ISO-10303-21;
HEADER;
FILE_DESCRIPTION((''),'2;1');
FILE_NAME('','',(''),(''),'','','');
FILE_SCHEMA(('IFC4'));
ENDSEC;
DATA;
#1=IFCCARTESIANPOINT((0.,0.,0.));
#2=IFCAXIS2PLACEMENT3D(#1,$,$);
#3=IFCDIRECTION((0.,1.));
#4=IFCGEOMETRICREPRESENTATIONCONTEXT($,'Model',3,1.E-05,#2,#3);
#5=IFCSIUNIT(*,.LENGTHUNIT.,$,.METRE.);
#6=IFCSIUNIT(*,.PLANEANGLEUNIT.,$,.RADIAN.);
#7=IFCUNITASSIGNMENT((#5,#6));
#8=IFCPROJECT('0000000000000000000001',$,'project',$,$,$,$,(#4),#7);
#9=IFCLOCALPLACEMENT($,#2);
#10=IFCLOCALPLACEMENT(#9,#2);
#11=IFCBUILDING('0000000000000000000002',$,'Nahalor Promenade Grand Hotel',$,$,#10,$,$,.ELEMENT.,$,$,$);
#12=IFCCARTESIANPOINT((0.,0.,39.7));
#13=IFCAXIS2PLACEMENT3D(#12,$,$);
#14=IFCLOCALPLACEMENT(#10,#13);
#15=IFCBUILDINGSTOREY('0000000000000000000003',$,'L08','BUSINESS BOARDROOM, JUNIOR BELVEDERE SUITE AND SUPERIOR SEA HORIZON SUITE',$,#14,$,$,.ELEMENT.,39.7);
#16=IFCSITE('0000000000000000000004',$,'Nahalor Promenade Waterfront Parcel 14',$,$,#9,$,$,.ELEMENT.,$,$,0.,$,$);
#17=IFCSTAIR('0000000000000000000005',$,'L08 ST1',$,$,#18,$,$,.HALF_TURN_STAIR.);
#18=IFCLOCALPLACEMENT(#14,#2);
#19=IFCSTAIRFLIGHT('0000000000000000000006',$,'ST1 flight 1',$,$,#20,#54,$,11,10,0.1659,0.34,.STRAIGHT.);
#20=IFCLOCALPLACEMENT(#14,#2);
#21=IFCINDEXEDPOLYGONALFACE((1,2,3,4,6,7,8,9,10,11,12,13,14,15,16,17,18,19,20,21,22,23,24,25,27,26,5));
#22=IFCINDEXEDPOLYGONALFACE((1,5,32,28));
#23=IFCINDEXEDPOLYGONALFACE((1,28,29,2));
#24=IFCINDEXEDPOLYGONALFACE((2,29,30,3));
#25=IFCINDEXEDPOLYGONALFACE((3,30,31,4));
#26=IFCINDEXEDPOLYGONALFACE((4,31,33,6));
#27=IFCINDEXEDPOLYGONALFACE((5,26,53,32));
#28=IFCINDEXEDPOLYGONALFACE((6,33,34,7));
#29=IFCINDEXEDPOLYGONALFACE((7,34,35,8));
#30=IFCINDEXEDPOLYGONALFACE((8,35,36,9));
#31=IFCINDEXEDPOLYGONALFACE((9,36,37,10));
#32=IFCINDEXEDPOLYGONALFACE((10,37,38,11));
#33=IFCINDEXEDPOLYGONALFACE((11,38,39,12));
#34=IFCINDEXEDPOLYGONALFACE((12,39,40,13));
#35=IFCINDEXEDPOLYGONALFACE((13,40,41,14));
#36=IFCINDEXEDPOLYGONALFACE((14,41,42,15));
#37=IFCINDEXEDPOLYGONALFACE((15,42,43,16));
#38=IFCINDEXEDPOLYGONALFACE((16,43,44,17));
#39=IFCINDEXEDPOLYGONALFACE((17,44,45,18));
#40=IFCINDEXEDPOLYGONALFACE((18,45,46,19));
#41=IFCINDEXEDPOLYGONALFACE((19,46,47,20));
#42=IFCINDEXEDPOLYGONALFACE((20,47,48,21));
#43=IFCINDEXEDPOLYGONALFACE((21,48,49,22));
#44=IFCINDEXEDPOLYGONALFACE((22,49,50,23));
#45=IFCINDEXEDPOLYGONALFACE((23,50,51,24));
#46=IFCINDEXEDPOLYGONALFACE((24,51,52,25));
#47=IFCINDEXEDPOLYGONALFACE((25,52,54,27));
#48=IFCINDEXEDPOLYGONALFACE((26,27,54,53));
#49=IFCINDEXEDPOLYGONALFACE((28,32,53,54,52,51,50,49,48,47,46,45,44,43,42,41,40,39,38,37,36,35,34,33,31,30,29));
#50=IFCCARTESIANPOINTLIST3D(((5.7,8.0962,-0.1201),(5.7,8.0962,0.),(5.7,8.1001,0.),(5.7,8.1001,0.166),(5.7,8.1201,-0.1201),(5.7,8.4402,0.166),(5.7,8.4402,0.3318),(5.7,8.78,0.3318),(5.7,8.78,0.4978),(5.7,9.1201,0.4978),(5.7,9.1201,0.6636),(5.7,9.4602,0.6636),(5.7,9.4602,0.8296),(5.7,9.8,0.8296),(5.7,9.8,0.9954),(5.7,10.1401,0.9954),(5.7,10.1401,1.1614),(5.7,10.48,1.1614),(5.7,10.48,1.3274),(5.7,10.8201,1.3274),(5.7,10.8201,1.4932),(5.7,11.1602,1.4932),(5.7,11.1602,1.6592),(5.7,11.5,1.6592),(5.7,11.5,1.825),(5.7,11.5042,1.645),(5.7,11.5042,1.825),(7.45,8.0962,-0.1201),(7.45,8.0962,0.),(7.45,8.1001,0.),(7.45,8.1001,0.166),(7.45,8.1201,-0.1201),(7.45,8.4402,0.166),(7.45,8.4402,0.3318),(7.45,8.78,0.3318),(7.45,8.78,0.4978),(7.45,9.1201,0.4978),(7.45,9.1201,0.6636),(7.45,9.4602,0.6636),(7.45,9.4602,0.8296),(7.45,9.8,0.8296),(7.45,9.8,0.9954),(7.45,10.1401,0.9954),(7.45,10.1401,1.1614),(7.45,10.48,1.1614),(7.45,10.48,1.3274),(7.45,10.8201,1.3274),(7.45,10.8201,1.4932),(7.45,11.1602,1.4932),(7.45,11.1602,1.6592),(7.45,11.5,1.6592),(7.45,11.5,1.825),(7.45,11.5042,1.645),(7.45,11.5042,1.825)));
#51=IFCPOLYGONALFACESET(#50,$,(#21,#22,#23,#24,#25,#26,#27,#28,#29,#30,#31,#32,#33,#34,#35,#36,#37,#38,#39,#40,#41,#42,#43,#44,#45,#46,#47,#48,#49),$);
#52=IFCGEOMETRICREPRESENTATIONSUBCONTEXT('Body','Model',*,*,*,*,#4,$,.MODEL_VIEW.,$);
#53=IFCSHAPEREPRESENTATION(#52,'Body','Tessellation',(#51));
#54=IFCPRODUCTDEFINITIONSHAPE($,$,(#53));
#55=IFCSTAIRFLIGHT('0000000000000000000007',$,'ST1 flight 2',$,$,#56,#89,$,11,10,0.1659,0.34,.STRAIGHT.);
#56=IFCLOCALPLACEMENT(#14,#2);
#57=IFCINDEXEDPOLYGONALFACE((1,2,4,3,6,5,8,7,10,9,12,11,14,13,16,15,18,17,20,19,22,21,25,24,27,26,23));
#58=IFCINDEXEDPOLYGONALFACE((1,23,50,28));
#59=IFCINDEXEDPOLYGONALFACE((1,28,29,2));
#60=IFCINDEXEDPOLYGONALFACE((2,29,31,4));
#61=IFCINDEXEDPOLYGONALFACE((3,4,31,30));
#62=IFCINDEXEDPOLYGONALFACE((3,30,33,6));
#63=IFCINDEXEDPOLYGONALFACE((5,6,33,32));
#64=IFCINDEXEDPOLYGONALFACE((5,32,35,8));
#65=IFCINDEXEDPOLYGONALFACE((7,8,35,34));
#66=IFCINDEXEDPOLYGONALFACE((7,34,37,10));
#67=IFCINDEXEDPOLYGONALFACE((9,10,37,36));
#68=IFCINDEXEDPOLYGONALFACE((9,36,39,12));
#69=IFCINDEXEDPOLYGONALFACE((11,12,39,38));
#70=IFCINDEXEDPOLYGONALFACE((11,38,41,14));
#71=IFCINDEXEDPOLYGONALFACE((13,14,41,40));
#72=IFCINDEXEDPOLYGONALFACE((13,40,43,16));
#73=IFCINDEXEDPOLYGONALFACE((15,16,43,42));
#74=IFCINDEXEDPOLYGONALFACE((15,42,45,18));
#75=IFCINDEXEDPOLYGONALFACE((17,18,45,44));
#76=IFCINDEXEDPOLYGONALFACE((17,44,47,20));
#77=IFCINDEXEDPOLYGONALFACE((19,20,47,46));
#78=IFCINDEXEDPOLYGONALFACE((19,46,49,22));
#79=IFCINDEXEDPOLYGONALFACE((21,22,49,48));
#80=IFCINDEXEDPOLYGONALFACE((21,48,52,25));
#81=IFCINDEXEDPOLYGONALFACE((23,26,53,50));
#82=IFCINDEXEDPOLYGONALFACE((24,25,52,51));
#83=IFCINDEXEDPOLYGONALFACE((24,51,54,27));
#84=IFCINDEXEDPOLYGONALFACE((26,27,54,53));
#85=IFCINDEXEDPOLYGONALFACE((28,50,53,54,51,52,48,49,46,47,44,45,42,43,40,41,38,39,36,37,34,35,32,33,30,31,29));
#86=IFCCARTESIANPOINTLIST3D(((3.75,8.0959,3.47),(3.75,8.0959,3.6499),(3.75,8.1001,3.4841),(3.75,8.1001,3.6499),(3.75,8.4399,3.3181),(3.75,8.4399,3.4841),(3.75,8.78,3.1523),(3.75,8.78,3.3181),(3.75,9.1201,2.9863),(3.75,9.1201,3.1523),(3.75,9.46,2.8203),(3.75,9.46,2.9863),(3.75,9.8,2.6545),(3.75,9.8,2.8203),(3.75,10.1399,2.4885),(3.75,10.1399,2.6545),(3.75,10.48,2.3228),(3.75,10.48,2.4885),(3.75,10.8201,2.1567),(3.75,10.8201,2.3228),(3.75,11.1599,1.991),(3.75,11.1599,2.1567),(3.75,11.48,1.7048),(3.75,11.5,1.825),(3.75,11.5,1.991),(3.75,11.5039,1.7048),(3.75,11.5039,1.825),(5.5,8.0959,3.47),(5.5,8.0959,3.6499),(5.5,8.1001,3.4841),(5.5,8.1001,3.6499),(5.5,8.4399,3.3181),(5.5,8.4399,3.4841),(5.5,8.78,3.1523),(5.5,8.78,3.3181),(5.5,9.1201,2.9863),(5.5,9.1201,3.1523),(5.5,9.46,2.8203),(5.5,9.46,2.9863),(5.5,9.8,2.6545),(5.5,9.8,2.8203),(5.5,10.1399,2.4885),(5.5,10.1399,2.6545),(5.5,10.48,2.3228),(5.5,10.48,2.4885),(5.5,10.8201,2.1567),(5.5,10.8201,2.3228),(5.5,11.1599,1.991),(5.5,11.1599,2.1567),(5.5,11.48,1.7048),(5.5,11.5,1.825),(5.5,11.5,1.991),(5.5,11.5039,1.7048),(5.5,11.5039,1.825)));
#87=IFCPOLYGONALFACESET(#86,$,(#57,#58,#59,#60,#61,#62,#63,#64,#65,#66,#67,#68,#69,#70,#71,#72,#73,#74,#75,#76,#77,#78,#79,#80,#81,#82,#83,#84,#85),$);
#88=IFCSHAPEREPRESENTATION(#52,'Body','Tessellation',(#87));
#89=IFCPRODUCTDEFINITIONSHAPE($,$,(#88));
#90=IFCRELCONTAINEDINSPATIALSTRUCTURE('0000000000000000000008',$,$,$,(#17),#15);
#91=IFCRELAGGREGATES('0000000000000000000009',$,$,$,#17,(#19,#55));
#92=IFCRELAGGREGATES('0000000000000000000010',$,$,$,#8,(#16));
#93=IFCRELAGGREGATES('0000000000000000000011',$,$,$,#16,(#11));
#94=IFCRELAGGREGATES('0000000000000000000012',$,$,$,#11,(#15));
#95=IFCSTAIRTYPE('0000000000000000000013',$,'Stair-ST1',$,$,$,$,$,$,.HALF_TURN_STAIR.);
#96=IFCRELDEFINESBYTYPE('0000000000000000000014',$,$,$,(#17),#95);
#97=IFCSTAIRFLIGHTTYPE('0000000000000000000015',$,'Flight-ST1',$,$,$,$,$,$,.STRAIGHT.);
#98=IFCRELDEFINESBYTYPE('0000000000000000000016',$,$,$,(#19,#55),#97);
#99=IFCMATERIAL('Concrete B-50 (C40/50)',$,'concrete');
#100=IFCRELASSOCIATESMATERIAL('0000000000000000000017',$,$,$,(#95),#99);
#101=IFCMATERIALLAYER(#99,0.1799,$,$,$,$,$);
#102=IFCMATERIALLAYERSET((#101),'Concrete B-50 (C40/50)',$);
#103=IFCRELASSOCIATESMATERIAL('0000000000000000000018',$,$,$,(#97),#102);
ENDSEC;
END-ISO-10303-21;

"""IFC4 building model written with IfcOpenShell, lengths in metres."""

from ifc_helpers import new_model, si_unit, direction, frame, origin, place, context, subcontext, project, spatial, polyline, outline, extrude, source, transform, mapped, material, layer, layer_set, type_object, element, aggregate, save


model = new_model("IFC4")

# Units and contexts
model_context = context("Model", 3, precision=1e-05, world=origin(), true_north=direction((0.0, 1.0)))
body_context = subcontext(model_context, "Body", "Model", "MODEL_VIEW")
ifc_project = project(units=[si_unit("LENGTHUNIT", "METRE"), si_unit("PLANEANGLEUNIT", "RADIAN")], contexts=[model_context])

# Site, building, storey
site_placement = place(None, origin())
site = spatial("IfcSite", under=ifc_project, at=site_placement, Name="Nahalor Promenade Waterfront Parcel 14", CompositionType="ELEMENT", RefElevation=0.0)
building_placement = place(site_placement, origin())
building = spatial("IfcBuilding", under=site, at=building_placement, Name="Nahalor Promenade Grand Hotel", CompositionType="ELEMENT")
storey_placement = place(building_placement, frame((0.0, 0.0, 39.7)))
storey = spatial("IfcBuildingStorey", under=building, at=storey_placement, Name="L08", Description="BUSINESS BOARDROOM, JUNIOR BELVEDERE SUITE AND SUPERIOR SEA HORIZON SUITE", CompositionType="ELEMENT", Elevation=39.7)

# Shared definitions
ifc_material_1 = material(Name="Concrete B-50 (C40/50)", Category="concrete")

# Stair, stair flights
stair_type = type_object("IfcStairType", Name="Stair-ST1", PredefinedType="HALF_TURN_STAIR", material=ifc_material_1)
stair_placement = place(storey_placement, origin())
stair = element("IfcStair", 1, at=stair_placement, inside=storey, type_object=stair_type, Name="L08 ST1", PredefinedType="HALF_TURN_STAIR")
ifc_layer_1 = layer(ifc_material_1, 0.1799)
ifc_layer_set_1 = layer_set([ifc_layer_1], Name="Concrete B-50 (C40/50)")
stair_flight_type = type_object("IfcStairFlightType", Name="Flight-ST1", PredefinedType="STRAIGHT", material=ifc_layer_set_1)
shared_shape_1 = source(origin(), body_context, "Body", "SweptSolid", [
    extrude(outline(polyline([(-0.0039, -0.1201), (-0.0039, 0.0), (0.0, 0.0), (0.0, 0.166), (0.3401, 0.166), (0.3401, 0.3318), (0.6799, 0.3318), (0.6799, 0.4978), (1.02, 0.4978), (1.02, 0.6636), (1.3601, 0.6636), (1.3601, 0.8296), (1.7, 0.8296), (1.7, 0.9954), (2.04, 0.9954), (2.04, 1.1614), (2.3799, 1.1614), (2.3799, 1.3274), (2.72, 1.3274), (2.72, 1.4932), (3.0601, 1.4932), (3.0601, 1.6592), (3.3999, 1.6592), (3.3999, 1.825), (3.4041, 1.825), (3.4041, 1.645), (0.02, -0.1201), (-0.0039, -0.1201)])), frame((0.0, 0.875, 0.0), z_axis=(0.0, -1.0, 0.0), x_axis=(1.0, 0.0, 0.0)), (0.0, 0.0, 1.0), 1.75),
])
stair_flight_1_placement = place(storey_placement, frame((6.575, 8.1001, 0.0), z_axis=(0.0, 0.0, 1.0), x_axis=(0.0, 1.0, 0.0)))
stair_flight_1 = element("IfcStairFlight", 2, at=stair_flight_1_placement, type_object=stair_flight_type, Name="ST1 flight 1", NumberOfRisers=11, NumberOfTreads=10, PredefinedType="STRAIGHT", RiserHeight=0.1659, TreadLength=0.34, context=body_context, shape_type="MappedRepresentation", body=[
    mapped(shared_shape_1, transform((0.0, 0.0, 0.0), scale=1.0)),
])
stair_flight_2_placement = place(storey_placement, frame((4.625, 11.5, 1.825), z_axis=(0.0, 0.0, 1.0), x_axis=(0.0, -1.0, 0.0)))
stair_flight_2 = element("IfcStairFlight", 3, at=stair_flight_2_placement, type_object=stair_flight_type, Name="ST1 flight 2", NumberOfRisers=11, NumberOfTreads=10, PredefinedType="STRAIGHT", RiserHeight=0.1659, TreadLength=0.34, context=body_context, shape_type="MappedRepresentation", body=[
    mapped(shared_shape_1, transform((0.0, 0.0, 0.0), scale=1.0)),
])
aggregate(stair, [stair_flight_1, stair_flight_2])

save(model, "model.ifc")
